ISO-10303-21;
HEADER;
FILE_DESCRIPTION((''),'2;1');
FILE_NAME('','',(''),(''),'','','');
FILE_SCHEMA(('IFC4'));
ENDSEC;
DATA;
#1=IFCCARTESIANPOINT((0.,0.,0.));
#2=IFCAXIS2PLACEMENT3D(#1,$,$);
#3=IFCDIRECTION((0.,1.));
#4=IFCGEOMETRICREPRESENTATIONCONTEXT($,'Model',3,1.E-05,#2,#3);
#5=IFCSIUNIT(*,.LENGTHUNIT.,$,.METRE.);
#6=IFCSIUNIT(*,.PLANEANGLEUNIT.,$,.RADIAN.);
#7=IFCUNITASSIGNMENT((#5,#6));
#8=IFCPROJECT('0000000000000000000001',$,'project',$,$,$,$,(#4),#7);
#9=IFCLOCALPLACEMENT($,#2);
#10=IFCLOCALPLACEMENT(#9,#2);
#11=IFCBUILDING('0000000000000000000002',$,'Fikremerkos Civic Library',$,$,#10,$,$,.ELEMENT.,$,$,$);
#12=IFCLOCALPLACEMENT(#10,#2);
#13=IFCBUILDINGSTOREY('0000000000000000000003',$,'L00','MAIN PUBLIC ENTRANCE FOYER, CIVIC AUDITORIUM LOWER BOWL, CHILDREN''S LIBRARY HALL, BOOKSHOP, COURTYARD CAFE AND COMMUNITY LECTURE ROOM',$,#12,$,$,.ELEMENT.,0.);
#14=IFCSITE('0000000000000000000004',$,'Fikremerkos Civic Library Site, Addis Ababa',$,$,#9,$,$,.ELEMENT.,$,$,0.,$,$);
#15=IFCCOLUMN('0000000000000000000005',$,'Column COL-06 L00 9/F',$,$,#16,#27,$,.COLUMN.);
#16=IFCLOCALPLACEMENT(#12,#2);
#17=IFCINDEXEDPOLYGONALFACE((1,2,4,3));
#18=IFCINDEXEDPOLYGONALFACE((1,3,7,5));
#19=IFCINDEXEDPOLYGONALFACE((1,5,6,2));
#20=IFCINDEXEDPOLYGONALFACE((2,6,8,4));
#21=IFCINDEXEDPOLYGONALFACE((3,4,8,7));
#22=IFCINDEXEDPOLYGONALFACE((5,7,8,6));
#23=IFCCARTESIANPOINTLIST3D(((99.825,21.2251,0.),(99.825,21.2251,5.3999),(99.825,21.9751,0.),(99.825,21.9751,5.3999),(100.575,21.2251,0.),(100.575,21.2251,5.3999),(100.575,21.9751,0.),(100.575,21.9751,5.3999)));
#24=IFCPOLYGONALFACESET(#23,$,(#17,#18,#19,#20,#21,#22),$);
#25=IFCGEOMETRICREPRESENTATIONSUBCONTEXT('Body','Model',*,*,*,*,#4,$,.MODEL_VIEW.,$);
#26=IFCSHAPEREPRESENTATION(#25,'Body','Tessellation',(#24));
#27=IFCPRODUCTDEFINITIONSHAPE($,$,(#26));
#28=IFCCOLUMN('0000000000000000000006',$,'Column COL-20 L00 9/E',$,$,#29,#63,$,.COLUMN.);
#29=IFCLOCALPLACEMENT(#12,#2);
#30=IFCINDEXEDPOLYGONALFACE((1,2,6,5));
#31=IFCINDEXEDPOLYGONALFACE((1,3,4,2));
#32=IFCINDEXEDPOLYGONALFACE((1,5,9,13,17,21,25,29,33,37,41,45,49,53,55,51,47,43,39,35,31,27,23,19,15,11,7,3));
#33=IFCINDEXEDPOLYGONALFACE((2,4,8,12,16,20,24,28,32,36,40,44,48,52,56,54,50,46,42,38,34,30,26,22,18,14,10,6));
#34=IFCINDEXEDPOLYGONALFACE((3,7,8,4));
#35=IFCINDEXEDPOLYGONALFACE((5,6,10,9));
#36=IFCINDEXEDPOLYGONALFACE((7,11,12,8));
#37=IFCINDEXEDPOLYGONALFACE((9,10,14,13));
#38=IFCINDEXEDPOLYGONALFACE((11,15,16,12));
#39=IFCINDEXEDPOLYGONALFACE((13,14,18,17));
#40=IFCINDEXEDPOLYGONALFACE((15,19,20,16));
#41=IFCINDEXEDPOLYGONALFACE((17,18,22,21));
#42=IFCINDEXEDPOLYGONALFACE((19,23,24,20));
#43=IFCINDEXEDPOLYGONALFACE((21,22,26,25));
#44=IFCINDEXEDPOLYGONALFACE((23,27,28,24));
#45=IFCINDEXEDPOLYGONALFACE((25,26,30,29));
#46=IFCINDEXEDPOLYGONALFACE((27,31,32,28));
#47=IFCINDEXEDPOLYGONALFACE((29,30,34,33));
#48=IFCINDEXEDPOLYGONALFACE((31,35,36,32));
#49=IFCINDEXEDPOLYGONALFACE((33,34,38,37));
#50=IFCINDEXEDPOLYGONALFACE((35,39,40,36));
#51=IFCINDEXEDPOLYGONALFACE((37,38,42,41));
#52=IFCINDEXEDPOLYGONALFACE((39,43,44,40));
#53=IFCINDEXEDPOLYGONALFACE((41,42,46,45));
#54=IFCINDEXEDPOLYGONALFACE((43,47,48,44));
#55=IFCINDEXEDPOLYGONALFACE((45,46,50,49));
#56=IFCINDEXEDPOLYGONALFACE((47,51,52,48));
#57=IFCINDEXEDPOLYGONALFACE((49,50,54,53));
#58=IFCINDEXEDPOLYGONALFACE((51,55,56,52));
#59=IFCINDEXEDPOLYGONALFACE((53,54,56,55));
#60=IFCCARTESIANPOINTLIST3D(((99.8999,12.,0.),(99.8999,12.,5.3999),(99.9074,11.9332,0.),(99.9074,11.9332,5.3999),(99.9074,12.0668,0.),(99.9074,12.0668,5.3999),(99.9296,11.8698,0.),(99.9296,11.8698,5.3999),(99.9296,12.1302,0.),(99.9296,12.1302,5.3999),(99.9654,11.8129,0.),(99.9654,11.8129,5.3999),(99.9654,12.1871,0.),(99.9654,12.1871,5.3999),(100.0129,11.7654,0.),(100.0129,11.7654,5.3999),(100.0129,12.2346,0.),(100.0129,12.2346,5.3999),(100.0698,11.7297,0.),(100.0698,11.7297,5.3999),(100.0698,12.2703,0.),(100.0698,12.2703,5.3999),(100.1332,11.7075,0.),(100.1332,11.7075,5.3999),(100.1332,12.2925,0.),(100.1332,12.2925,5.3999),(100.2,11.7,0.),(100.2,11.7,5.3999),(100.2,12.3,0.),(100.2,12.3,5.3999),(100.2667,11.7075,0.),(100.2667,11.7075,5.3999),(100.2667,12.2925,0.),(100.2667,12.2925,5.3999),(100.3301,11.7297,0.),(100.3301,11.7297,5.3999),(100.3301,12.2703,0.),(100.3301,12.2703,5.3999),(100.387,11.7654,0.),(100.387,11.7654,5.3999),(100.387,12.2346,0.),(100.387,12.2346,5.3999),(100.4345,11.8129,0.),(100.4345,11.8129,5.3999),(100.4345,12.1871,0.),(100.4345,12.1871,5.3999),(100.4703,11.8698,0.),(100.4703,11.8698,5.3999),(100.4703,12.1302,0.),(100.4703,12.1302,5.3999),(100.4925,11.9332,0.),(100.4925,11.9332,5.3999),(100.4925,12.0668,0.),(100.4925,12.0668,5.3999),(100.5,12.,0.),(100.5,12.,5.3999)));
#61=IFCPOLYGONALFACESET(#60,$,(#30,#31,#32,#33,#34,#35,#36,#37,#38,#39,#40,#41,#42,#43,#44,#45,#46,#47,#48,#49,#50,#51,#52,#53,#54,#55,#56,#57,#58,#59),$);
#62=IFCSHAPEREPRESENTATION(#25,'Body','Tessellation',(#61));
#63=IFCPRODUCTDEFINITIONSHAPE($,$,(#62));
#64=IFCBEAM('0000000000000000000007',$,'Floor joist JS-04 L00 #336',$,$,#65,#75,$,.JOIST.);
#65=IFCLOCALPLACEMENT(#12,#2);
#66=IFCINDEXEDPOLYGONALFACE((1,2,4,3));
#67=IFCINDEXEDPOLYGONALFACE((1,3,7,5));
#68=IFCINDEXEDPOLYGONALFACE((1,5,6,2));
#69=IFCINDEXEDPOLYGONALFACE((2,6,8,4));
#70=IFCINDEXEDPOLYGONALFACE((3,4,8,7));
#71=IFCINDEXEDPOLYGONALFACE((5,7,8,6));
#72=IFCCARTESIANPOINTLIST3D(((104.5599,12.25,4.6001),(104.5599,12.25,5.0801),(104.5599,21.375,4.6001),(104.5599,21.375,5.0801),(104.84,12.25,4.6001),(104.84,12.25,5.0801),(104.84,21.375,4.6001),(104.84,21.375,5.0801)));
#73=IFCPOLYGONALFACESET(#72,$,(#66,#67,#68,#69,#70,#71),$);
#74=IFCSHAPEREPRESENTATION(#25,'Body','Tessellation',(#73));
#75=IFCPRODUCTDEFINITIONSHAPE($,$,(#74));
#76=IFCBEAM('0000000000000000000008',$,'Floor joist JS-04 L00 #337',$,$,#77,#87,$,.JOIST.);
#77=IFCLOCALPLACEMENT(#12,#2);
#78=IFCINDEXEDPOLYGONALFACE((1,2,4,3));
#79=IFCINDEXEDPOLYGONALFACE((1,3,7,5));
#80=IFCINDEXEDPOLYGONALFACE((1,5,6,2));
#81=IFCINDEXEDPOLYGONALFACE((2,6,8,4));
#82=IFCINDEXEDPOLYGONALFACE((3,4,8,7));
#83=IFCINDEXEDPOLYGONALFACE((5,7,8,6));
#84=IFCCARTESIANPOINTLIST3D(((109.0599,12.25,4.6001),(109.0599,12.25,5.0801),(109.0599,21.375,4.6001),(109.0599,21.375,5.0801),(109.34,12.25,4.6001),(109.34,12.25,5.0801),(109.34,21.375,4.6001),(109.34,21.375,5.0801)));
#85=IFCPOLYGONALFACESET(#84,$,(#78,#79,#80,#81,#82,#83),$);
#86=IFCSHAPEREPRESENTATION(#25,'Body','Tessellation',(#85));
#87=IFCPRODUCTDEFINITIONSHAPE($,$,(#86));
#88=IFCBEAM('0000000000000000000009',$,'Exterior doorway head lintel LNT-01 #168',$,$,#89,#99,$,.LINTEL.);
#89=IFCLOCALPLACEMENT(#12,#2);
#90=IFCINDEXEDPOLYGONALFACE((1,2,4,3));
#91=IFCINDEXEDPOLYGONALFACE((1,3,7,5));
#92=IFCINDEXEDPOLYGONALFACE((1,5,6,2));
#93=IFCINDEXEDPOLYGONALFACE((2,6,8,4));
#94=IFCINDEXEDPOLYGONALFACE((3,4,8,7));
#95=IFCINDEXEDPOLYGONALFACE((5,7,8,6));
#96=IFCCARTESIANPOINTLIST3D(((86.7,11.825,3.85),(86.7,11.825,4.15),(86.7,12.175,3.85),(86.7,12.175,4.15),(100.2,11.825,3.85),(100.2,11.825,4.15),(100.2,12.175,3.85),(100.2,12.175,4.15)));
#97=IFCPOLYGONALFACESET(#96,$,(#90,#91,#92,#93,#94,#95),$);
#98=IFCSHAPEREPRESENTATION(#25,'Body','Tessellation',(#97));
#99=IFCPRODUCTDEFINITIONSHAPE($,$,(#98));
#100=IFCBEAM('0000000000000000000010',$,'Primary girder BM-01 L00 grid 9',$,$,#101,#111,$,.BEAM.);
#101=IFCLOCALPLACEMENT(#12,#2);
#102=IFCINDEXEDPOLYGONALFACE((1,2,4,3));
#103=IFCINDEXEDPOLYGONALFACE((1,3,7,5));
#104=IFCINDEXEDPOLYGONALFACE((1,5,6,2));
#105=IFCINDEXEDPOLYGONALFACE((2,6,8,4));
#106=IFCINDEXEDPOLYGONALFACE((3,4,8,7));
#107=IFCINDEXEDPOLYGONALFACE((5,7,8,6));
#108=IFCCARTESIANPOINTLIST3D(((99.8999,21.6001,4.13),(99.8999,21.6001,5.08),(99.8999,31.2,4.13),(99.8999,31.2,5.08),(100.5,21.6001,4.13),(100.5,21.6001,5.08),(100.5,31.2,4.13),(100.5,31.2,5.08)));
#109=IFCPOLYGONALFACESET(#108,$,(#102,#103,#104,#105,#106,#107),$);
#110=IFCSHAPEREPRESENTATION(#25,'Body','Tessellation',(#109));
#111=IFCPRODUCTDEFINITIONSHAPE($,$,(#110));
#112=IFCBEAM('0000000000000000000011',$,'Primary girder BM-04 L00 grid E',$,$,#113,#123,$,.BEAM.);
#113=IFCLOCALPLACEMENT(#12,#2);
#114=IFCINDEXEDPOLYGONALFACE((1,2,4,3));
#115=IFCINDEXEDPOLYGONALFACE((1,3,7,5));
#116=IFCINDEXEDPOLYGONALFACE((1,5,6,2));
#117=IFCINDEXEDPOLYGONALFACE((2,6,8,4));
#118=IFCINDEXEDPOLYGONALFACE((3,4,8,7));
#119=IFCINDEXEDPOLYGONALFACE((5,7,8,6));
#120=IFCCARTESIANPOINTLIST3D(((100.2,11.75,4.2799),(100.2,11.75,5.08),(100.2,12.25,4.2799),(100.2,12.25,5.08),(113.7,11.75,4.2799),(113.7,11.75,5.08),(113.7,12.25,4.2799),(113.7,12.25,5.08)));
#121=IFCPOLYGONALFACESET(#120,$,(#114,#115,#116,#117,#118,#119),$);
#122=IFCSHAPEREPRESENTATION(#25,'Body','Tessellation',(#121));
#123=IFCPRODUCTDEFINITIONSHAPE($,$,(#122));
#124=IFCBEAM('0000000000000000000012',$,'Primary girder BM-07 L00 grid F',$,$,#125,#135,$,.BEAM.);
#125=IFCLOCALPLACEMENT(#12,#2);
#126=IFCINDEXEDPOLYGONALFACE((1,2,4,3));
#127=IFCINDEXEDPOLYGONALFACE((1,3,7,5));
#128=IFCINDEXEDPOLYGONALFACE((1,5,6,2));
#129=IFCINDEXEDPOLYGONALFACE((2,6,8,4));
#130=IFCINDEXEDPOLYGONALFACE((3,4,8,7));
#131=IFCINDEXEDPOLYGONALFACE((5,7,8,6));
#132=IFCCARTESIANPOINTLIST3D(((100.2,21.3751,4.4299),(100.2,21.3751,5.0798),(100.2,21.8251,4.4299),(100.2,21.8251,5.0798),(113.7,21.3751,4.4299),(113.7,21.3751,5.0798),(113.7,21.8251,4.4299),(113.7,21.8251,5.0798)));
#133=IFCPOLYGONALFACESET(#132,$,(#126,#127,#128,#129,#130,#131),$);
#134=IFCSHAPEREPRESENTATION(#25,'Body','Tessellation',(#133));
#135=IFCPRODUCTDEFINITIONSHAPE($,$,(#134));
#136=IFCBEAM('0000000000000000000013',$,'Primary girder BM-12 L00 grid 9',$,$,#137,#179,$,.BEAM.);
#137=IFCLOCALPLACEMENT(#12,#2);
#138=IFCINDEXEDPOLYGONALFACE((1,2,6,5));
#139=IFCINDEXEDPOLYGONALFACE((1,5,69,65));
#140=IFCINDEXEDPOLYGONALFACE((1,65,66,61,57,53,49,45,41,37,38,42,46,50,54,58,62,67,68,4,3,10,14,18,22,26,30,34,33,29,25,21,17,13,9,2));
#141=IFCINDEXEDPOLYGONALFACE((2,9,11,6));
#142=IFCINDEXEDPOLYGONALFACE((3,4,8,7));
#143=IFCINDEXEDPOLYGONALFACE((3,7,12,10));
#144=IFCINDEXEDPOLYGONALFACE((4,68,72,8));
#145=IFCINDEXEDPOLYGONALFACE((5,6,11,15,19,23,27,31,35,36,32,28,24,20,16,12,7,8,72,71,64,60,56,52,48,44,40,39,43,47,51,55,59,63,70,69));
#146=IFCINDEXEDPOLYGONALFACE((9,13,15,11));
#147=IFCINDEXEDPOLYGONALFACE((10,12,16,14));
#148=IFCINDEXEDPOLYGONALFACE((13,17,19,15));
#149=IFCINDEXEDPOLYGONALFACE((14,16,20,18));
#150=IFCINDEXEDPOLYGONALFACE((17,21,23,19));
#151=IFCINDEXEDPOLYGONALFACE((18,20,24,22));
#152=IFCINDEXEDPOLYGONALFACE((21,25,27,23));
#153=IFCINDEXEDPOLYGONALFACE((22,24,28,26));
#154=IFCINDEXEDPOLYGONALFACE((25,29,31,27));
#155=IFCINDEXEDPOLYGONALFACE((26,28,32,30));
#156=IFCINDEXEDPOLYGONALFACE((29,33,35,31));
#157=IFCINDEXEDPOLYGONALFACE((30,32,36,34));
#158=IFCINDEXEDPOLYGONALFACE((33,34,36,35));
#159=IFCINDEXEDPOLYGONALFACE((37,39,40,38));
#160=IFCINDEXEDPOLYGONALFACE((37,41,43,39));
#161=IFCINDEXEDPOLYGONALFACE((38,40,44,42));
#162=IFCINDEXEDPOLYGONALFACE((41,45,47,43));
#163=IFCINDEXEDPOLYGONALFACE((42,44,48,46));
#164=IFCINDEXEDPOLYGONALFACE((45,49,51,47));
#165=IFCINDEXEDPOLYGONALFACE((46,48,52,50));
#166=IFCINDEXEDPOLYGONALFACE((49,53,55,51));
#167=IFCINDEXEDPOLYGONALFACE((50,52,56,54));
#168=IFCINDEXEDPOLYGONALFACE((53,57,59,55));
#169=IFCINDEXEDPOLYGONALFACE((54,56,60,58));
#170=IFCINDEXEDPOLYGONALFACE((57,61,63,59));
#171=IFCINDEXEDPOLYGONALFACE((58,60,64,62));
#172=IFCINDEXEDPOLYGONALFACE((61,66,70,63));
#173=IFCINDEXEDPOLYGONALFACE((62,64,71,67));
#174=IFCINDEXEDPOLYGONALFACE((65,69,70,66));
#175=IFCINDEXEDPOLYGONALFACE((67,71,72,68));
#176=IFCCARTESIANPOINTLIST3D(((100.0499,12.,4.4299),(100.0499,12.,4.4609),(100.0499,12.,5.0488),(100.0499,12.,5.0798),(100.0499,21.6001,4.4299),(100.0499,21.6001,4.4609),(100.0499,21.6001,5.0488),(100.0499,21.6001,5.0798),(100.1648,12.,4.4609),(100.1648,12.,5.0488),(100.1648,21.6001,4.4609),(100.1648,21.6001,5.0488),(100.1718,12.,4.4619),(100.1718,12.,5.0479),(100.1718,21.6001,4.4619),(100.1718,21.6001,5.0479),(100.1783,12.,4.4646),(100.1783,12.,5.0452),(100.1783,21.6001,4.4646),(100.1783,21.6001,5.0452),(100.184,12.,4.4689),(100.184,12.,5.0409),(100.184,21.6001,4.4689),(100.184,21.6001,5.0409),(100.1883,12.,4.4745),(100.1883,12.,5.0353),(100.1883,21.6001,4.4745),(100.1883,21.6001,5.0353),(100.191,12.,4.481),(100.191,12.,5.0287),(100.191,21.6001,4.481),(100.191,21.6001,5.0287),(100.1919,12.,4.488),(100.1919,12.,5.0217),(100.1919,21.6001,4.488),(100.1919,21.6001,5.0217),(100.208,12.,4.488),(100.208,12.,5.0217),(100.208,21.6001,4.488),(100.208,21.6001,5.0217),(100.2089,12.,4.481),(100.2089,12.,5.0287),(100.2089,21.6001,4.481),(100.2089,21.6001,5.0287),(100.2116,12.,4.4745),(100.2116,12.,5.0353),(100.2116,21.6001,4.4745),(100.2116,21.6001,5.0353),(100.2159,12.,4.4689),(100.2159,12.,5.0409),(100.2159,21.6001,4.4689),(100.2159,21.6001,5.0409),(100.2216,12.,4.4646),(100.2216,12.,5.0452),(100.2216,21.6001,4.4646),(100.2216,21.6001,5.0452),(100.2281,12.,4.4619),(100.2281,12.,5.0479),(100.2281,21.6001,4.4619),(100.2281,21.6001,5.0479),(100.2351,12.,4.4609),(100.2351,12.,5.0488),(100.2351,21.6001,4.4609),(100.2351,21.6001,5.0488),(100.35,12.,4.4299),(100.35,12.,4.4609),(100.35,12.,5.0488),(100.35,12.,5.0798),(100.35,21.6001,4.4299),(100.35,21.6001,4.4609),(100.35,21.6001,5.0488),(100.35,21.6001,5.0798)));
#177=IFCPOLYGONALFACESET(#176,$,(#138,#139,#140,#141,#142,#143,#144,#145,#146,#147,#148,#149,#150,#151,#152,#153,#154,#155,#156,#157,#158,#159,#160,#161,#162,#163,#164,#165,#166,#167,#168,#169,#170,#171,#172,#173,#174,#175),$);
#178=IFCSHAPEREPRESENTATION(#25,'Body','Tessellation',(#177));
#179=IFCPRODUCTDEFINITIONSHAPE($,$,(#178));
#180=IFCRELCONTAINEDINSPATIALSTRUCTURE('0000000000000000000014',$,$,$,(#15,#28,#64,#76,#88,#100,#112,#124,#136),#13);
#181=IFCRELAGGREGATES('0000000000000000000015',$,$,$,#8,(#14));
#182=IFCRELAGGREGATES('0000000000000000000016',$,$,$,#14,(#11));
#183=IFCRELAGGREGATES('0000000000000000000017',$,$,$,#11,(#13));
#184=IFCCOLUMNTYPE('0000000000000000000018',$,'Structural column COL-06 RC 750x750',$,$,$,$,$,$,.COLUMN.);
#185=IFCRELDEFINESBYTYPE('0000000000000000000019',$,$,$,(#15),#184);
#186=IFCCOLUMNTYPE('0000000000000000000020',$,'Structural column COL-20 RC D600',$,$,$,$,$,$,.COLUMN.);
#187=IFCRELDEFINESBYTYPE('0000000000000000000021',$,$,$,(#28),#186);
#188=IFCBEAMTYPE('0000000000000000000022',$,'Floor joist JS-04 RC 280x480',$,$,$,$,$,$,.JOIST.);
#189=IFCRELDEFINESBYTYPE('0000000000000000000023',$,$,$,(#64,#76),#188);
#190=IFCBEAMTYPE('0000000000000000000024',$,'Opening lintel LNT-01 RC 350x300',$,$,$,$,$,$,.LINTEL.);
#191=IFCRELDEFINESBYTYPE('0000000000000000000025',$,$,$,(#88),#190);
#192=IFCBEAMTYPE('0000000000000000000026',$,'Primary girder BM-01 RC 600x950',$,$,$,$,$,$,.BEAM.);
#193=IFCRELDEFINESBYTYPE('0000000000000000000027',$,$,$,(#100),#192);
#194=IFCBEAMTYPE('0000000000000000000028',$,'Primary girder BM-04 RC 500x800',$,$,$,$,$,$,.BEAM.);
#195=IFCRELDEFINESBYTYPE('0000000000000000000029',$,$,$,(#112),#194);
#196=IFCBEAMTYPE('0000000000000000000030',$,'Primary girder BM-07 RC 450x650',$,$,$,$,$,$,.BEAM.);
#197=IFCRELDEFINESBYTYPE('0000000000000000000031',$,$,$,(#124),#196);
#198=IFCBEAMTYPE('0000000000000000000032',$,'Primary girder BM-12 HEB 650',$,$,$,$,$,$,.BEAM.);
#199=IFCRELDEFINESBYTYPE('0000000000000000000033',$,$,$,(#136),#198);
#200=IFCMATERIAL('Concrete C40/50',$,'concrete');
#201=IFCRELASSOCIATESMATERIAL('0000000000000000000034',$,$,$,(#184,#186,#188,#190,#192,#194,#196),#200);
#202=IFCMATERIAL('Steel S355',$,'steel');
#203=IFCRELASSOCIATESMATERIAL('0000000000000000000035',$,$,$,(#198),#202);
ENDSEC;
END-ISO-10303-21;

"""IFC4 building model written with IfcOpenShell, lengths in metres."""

from ifc_helpers import new_model, si_unit, direction, frame, origin, origin_2d, place, context, subcontext, project, spatial, rectangle, circle, i_section, extrude, material, material_profile, profile_set, type_object, element, save


model = new_model("IFC4")

# Units and contexts
model_context = context("Model", 3, precision=1e-05, world=origin(), true_north=direction((0.0, 1.0)))
body_context = subcontext(model_context, "Body", "Model", "MODEL_VIEW")
ifc_project = project(units=[si_unit("LENGTHUNIT", "METRE"), si_unit("PLANEANGLEUNIT", "RADIAN")], contexts=[model_context])

# Site, building, storey
site_placement = place(None, origin())
site = spatial("IfcSite", under=ifc_project, at=site_placement, Name="Fikremerkos Civic Library Site, Addis Ababa", CompositionType="ELEMENT", RefElevation=0.0)
building_placement = place(site_placement, origin())
building = spatial("IfcBuilding", under=site, at=building_placement, Name="Fikremerkos Civic Library", CompositionType="ELEMENT")
storey_placement = place(building_placement, origin())
storey = spatial("IfcBuildingStorey", under=building, at=storey_placement, Name="L00", Description="MAIN PUBLIC ENTRANCE FOYER, CIVIC AUDITORIUM LOWER BOWL, CHILDREN'S LIBRARY HALL, BOOKSHOP, COURTYARD CAFE AND COMMUNITY LECTURE ROOM", CompositionType="ELEMENT", Elevation=0.0)

# Columns
ifc_material_1 = material(Name="Concrete C40/50", Category="concrete")
ifc_material_profile_1 = material_profile(ifc_material_1, rectangle(XDim=0.75, YDim=0.75, at=origin_2d()), Name="RC 750x750")
ifc_profile_set_1 = profile_set([ifc_material_profile_1], Name="Concrete C40/50")
column_type_1 = type_object("IfcColumnType", Name="Structural column COL-06 RC 750x750", PredefinedType="COLUMN", material=ifc_profile_set_1)
column_1_placement = place(storey_placement, frame((100.2, 21.6001, 0.0), z_axis=(0.0, 0.0, 1.0), x_axis=(1.0, 0.0, 0.0)))
element("IfcColumn", 1, at=column_1_placement, inside=storey, type_object=column_type_1, Name="Column COL-06 L00 9/F", PredefinedType="COLUMN", context=body_context, shape_type="SweptSolid", body=[
    extrude(rectangle(XDim=0.75, YDim=0.75, at=origin_2d()), origin(), (0.0, 0.0, 1.0), 5.3999),
])
ifc_material_profile_2 = material_profile(ifc_material_1, circle(Radius=0.3, at=origin_2d()), Name="RC D600")
ifc_profile_set_2 = profile_set([ifc_material_profile_2], Name="Concrete C40/50")
column_type_2 = type_object("IfcColumnType", Name="Structural column COL-20 RC D600", PredefinedType="COLUMN", material=ifc_profile_set_2)
column_2_placement = place(storey_placement, frame((100.2, 12.0, 0.0), z_axis=(0.0, 0.0, 1.0), x_axis=(1.0, 0.0, 0.0)))
element("IfcColumn", 2, at=column_2_placement, inside=storey, type_object=column_type_2, Name="Column COL-20 L00 9/E", PredefinedType="COLUMN", context=body_context, shape_type="SweptSolid", body=[
    extrude(circle(Radius=0.3, at=origin_2d()), origin(), (0.0, 0.0, 1.0), 5.3999),
])

# Beams
ifc_material_profile_3 = material_profile(ifc_material_1, rectangle(XDim=0.28, YDim=0.48, at=origin_2d()), Name="RC 280x480")
ifc_profile_set_3 = profile_set([ifc_material_profile_3], Name="Concrete C40/50")
beam_type_1 = type_object("IfcBeamType", Name="Floor joist JS-04 RC 280x480", PredefinedType="JOIST", material=ifc_profile_set_3)
for number, where, z_axis, x_axis, name in (
    (3, (104.7, 12.25, 4.8401), (0.0, 1.0, 0.0), (-1.0, 0.0, 0.0), "Floor joist JS-04 L00 #336"),
    (4, (109.2, 12.25, 4.8401), (0.0, 1.0, 0.0), (-1.0, 0.0, 0.0), "Floor joist JS-04 L00 #337"),
):
    element("IfcBeam", number, at=place(storey_placement, frame(where, z_axis=z_axis, x_axis=x_axis)), inside=storey, type_object=beam_type_1, Name=name, PredefinedType="JOIST", context=body_context, shape_type="SweptSolid", body=[
        extrude(rectangle(XDim=0.28, YDim=0.48, at=origin_2d()), origin(), (0.0, 0.0, 1.0), 9.125),
    ])
ifc_material_profile_4 = material_profile(ifc_material_1, rectangle(XDim=0.3501, YDim=0.3, at=origin_2d()), Name="RC 350x300")
ifc_profile_set_4 = profile_set([ifc_material_profile_4], Name="Concrete C40/50")
beam_type_2 = type_object("IfcBeamType", Name="Opening lintel LNT-01 RC 350x300", PredefinedType="LINTEL", material=ifc_profile_set_4)
beam_1_placement = place(storey_placement, frame((100.2, 12.0, 4.0), z_axis=(-1.0, 0.0, 0.0), x_axis=(0.0, -1.0, 0.0)))
element("IfcBeam", 5, at=beam_1_placement, inside=storey, type_object=beam_type_2, Name="Exterior doorway head lintel LNT-01 #168", PredefinedType="LINTEL", context=body_context, shape_type="SweptSolid", body=[
    extrude(rectangle(XDim=0.3501, YDim=0.3, at=origin_2d()), origin(), (0.0, 0.0, 1.0), 13.5),
])
ifc_material_profile_5 = material_profile(ifc_material_1, rectangle(XDim=0.6001, YDim=0.95, at=origin_2d()), Name="RC 600x950")
ifc_profile_set_5 = profile_set([ifc_material_profile_5], Name="Concrete C40/50")
beam_type_3 = type_object("IfcBeamType", Name="Primary girder BM-01 RC 600x950", PredefinedType="BEAM", material=ifc_profile_set_5)
beam_2_placement = place(storey_placement, frame((100.2, 21.6001, 4.605), z_axis=(0.0, 1.0, 0.0), x_axis=(-1.0, 0.0, 0.0)))
element("IfcBeam", 6, at=beam_2_placement, inside=storey, type_object=beam_type_3, Name="Primary girder BM-01 L00 grid 9", PredefinedType="BEAM", context=body_context, shape_type="SweptSolid", body=[
    extrude(rectangle(XDim=0.6001, YDim=0.95, at=origin_2d()), origin(), (0.0, 0.0, 1.0), 9.5999),
])
ifc_material_profile_6 = material_profile(ifc_material_1, rectangle(XDim=0.5, YDim=0.8, at=origin_2d()), Name="RC 500x800")
ifc_profile_set_6 = profile_set([ifc_material_profile_6], Name="Concrete C40/50")
beam_type_4 = type_object("IfcBeamType", Name="Primary girder BM-04 RC 500x800", PredefinedType="BEAM", material=ifc_profile_set_6)
beam_3_placement = place(storey_placement, frame((100.2, 12.0, 4.6799), z_axis=(1.0, 0.0, 0.0), x_axis=(0.0, 1.0, 0.0)))
element("IfcBeam", 7, at=beam_3_placement, inside=storey, type_object=beam_type_4, Name="Primary girder BM-04 L00 grid E", PredefinedType="BEAM", context=body_context, shape_type="SweptSolid", body=[
    extrude(rectangle(XDim=0.5, YDim=0.8, at=origin_2d()), origin(), (0.0, 0.0, 1.0), 13.5),
])
ifc_material_profile_7 = material_profile(ifc_material_1, rectangle(XDim=0.45, YDim=0.6499, at=origin_2d()), Name="RC 450x650")
ifc_profile_set_7 = profile_set([ifc_material_profile_7], Name="Concrete C40/50")
beam_type_5 = type_object("IfcBeamType", Name="Primary girder BM-07 RC 450x650", PredefinedType="BEAM", material=ifc_profile_set_7)
beam_4_placement = place(storey_placement, frame((100.2, 21.6001, 4.7549), z_axis=(1.0, 0.0, 0.0), x_axis=(0.0, 1.0, 0.0)))
element("IfcBeam", 8, at=beam_4_placement, inside=storey, type_object=beam_type_5, Name="Primary girder BM-07 L00 grid F", PredefinedType="BEAM", context=body_context, shape_type="SweptSolid", body=[
    extrude(rectangle(XDim=0.45, YDim=0.6499, at=origin_2d()), origin(), (0.0, 0.0, 1.0), 13.5),
])
ifc_material_2 = material(Name="Steel S355", Category="steel")
ifc_material_profile_8 = material_profile(ifc_material_2, i_section(OverallWidth=0.3, OverallDepth=0.6499, WebThickness=0.0161, FlangeThickness=0.031, FilletRadius=0.0271, at=origin_2d()), Name="HEB 650")
ifc_profile_set_8 = profile_set([ifc_material_profile_8], Name="Steel S355")
beam_type_6 = type_object("IfcBeamType", Name="Primary girder BM-12 HEB 650", PredefinedType="BEAM", material=ifc_profile_set_8)
beam_5_placement = place(storey_placement, frame((100.2, 12.0, 4.7549), z_axis=(0.0, 1.0, 0.0), x_axis=(-1.0, 0.0, 0.0)))
element("IfcBeam", 9, at=beam_5_placement, inside=storey, type_object=beam_type_6, Name="Primary girder BM-12 L00 grid 9", PredefinedType="BEAM", context=body_context, shape_type="SweptSolid", body=[
    extrude(i_section(OverallWidth=0.3, OverallDepth=0.6499, WebThickness=0.0161, FlangeThickness=0.031, FilletRadius=0.0271, at=origin_2d()), origin(), (0.0, 0.0, 1.0), 9.6001),
])

save(model, "model.ifc")
